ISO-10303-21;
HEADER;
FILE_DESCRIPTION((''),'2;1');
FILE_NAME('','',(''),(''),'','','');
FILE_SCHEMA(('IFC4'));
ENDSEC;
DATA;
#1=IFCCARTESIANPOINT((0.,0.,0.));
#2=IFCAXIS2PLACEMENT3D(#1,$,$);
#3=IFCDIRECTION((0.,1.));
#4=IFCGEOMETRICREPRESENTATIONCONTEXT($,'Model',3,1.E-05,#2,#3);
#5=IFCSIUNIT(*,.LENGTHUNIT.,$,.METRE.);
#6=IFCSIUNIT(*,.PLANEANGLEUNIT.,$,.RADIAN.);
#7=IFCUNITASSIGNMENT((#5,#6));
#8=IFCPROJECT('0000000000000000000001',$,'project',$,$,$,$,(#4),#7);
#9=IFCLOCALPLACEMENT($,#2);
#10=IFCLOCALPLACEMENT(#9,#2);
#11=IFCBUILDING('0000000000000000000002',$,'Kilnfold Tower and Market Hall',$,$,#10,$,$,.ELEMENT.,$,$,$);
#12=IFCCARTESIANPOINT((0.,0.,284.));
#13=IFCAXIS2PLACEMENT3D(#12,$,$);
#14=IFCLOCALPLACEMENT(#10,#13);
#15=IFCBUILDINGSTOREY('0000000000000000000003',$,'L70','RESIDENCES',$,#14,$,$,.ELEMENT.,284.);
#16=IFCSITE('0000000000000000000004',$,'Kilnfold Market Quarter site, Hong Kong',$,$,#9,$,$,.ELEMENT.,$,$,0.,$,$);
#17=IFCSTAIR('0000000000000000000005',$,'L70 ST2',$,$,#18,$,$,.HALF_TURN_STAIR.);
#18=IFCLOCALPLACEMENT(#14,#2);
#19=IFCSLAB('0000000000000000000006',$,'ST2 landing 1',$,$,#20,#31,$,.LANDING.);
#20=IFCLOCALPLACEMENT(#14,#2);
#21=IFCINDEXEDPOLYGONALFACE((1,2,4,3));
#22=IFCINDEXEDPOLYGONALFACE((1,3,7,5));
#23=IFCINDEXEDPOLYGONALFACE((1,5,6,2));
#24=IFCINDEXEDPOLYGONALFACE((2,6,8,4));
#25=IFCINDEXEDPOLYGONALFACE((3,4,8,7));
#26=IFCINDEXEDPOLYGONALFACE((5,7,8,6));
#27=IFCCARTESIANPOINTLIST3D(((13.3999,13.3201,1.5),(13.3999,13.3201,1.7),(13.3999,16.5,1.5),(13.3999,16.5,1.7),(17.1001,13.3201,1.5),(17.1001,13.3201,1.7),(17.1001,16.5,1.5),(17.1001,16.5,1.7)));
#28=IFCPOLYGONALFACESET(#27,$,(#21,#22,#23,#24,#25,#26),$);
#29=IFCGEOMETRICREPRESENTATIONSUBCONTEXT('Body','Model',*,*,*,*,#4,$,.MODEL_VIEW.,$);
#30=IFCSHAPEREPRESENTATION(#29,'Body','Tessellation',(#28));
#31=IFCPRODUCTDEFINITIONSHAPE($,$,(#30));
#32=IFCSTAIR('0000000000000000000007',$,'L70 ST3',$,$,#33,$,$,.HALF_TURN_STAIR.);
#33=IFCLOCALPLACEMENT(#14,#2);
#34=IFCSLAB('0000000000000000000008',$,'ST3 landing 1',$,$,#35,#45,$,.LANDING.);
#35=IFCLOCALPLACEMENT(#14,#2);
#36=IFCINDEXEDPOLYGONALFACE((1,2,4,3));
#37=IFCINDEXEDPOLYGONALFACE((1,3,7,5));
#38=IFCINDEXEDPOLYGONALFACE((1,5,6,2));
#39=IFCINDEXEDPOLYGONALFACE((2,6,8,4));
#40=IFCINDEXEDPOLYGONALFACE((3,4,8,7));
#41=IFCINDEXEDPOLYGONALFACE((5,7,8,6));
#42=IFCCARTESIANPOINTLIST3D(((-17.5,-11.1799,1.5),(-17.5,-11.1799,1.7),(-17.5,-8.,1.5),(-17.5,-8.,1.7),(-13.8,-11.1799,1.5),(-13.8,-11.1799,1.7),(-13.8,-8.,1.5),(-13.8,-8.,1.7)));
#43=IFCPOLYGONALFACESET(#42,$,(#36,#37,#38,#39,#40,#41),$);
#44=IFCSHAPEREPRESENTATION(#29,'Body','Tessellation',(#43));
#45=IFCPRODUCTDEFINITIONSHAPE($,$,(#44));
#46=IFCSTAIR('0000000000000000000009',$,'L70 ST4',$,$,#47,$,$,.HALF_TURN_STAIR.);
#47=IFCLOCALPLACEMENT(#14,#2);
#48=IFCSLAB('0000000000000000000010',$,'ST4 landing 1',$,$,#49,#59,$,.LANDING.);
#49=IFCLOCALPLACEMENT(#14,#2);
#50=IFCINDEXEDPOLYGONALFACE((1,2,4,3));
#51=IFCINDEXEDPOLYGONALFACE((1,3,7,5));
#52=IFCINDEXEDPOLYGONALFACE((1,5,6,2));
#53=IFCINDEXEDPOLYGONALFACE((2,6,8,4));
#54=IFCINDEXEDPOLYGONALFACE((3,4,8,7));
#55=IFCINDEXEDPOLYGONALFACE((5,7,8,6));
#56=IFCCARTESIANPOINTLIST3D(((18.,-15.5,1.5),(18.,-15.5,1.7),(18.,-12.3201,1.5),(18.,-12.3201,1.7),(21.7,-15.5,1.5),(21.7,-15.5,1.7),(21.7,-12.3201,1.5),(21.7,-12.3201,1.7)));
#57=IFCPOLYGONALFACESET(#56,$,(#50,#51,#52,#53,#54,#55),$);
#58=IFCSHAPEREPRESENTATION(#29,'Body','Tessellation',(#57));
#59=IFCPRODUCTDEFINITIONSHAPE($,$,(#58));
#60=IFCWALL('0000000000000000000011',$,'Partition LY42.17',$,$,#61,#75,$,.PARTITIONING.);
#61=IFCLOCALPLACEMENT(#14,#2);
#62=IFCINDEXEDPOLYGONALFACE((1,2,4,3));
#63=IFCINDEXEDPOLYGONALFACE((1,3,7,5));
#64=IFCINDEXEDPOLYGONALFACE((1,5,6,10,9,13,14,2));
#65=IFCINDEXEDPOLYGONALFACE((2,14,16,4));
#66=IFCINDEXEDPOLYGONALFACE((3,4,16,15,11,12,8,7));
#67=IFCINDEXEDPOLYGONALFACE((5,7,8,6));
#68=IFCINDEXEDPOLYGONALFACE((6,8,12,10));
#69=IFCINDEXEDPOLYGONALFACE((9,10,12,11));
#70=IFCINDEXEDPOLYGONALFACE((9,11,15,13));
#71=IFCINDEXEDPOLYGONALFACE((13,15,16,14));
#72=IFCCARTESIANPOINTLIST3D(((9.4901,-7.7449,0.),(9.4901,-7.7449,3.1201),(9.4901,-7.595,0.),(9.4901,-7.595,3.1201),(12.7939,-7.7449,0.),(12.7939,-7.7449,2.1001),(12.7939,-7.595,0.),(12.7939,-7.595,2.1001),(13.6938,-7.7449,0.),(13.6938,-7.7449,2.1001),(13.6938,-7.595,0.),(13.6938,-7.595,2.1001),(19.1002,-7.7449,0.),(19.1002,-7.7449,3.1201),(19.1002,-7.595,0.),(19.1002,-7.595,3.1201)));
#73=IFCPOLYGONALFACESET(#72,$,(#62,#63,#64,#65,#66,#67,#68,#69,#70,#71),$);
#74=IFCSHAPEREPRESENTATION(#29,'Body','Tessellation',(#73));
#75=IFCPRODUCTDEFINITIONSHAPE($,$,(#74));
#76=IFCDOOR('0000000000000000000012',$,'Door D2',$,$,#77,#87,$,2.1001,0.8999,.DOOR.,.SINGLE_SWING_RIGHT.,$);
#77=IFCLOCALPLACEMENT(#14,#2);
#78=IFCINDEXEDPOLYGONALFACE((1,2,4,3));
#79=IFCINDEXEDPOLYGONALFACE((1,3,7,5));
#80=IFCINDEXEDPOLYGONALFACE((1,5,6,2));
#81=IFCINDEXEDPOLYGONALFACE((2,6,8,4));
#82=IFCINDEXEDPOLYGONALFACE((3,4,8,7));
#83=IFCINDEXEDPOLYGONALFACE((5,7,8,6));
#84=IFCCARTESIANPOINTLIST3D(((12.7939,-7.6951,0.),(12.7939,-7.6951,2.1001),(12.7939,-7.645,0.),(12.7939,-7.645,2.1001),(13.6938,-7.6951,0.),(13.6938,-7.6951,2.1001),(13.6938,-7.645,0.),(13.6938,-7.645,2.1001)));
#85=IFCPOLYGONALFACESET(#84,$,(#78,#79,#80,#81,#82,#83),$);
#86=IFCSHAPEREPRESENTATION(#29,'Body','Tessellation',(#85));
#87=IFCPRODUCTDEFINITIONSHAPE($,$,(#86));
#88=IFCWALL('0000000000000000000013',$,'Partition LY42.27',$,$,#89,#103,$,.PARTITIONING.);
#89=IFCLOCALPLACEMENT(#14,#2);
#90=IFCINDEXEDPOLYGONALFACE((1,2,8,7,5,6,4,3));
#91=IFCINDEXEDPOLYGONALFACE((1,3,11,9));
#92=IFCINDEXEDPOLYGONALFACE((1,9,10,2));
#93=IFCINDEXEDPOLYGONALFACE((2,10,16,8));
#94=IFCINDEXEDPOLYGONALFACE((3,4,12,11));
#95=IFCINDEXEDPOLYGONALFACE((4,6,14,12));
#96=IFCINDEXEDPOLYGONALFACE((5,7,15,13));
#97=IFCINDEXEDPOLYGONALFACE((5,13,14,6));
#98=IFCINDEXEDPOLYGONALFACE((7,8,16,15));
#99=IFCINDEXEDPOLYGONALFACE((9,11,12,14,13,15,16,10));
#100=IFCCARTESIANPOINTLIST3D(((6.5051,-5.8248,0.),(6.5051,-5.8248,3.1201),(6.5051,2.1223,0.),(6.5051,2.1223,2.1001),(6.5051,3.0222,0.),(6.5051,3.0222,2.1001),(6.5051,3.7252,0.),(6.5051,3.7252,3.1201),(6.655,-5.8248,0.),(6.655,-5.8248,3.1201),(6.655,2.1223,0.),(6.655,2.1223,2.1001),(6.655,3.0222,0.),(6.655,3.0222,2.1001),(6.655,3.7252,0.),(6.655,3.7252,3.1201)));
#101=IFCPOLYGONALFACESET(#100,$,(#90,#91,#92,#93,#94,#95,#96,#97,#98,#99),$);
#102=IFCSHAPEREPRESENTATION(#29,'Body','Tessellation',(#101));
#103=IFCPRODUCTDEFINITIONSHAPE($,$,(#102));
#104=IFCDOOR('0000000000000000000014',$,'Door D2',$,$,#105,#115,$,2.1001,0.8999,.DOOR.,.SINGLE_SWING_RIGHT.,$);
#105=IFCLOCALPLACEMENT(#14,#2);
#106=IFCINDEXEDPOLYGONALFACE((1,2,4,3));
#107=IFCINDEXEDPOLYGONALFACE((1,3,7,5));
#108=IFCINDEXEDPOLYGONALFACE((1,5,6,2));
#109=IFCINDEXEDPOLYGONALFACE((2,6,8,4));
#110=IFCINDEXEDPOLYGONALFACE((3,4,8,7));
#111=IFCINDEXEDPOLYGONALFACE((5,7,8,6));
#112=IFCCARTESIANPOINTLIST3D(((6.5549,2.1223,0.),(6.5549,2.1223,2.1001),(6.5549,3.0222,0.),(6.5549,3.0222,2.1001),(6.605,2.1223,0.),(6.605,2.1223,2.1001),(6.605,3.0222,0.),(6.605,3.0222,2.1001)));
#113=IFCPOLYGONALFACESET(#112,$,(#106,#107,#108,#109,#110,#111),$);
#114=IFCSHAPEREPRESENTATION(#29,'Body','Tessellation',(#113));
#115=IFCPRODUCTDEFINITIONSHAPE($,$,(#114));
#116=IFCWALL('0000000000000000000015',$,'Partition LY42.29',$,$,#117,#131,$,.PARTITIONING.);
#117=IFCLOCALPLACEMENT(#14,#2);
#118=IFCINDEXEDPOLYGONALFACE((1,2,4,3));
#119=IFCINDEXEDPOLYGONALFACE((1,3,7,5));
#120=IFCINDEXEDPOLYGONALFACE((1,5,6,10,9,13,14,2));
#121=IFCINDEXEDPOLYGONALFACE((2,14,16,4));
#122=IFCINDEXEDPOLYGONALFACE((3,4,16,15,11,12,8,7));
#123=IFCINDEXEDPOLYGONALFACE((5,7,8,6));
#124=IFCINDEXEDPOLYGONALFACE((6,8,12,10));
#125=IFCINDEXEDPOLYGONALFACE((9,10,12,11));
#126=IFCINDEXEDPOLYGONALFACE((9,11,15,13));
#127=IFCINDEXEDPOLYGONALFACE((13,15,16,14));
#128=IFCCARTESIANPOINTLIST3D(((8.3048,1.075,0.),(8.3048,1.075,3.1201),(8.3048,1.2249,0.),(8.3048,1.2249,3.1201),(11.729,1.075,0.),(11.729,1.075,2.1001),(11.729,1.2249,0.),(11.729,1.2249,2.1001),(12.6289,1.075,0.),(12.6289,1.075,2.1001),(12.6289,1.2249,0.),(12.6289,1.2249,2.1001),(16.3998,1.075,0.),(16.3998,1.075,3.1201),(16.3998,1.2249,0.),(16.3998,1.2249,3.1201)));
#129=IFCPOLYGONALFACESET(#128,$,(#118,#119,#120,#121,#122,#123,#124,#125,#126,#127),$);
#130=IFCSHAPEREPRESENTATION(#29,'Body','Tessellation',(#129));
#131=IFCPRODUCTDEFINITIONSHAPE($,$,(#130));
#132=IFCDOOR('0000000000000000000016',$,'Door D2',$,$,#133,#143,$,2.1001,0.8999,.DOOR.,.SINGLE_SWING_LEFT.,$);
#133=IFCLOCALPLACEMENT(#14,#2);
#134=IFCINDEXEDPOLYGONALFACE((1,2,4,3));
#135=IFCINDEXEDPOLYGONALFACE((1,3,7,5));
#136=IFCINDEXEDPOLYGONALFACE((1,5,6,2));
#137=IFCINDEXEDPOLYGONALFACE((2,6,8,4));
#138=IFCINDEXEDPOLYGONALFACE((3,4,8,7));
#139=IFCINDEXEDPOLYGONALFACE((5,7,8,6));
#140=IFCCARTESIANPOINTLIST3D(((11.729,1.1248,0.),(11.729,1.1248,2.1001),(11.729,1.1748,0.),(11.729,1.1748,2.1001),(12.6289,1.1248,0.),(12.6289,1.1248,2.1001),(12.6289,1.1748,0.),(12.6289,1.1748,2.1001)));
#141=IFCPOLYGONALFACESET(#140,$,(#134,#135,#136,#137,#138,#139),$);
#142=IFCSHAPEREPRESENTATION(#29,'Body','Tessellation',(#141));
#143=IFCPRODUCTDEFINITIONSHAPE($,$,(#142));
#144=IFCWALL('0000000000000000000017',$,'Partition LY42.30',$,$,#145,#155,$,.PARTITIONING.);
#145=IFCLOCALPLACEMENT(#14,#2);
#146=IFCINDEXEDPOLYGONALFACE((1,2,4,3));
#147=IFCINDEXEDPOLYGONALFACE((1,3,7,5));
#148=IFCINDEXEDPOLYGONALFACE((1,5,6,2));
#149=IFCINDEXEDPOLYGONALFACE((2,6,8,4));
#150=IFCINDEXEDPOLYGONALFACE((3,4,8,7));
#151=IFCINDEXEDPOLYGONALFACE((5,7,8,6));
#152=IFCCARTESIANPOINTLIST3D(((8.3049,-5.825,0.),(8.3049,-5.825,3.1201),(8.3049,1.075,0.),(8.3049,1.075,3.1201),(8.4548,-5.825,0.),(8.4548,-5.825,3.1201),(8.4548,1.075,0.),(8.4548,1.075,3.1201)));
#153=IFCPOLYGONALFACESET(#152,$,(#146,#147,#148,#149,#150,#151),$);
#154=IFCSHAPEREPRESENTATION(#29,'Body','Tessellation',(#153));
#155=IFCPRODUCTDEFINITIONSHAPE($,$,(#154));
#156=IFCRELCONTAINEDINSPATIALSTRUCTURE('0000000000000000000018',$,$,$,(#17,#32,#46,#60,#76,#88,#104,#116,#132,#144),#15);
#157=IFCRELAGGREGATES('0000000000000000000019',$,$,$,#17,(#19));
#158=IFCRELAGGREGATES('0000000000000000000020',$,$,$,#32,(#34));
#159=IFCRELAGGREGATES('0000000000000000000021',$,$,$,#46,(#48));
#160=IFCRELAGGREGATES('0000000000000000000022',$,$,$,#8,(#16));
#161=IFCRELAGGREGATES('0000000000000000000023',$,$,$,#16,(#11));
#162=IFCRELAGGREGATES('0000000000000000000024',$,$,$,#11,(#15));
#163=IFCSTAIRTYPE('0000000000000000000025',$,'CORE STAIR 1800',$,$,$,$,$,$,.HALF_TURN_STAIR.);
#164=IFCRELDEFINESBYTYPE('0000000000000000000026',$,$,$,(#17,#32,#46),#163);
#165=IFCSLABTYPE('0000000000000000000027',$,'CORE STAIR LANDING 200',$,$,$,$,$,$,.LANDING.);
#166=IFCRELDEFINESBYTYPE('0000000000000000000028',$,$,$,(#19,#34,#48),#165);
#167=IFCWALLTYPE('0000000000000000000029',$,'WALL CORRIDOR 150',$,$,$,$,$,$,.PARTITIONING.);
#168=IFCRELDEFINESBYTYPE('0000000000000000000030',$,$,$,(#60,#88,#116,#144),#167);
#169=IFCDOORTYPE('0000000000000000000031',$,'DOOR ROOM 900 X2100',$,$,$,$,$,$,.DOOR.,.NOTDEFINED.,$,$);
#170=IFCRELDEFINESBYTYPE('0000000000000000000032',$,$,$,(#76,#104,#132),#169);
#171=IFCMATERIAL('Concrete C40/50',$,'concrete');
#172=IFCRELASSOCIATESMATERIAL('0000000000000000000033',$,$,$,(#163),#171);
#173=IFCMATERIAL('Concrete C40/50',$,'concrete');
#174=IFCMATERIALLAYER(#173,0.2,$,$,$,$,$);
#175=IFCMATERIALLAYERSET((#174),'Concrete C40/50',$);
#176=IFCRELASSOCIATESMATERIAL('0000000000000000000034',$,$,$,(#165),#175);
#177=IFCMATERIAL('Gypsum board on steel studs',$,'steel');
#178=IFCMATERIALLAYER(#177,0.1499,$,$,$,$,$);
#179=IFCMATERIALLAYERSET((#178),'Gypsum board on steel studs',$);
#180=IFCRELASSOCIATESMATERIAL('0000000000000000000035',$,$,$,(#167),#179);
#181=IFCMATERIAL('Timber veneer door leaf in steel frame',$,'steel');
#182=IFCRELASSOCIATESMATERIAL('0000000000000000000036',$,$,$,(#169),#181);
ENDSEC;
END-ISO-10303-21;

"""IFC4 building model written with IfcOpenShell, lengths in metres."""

from ifc_helpers import new_model, si_unit, direction, frame, frame_2d, origin, place, context, subcontext, project, spatial, polyline, rectangle, outline, extrude, source, transform, mapped, material, layer, layer_set, type_object, element, fill, aggregate, save


model = new_model("IFC4")

# Units and contexts
model_context = context("Model", 3, precision=1e-05, world=origin(), true_north=direction((0.0, 1.0)))
body_context = subcontext(model_context, "Body", "Model", "MODEL_VIEW")
ifc_project = project(units=[si_unit("LENGTHUNIT", "METRE"), si_unit("PLANEANGLEUNIT", "RADIAN")], contexts=[model_context])

# Site, building, storey
site_placement = place(None, origin())
site = spatial("IfcSite", under=ifc_project, at=site_placement, Name="Kilnfold Market Quarter site, Hong Kong", CompositionType="ELEMENT", RefElevation=0.0)
building_placement = place(site_placement, origin())
building = spatial("IfcBuilding", under=site, at=building_placement, Name="Kilnfold Tower and Market Hall", CompositionType="ELEMENT")
storey_placement = place(building_placement, frame((0.0, 0.0, 284.0)))
storey = spatial("IfcBuildingStorey", under=building, at=storey_placement, Name="L70", Description="RESIDENCES", CompositionType="ELEMENT", Elevation=284.0)

# Stairs, slabs
ifc_material_1 = material(Name="Concrete C40/50", Category="concrete")
stair_type = type_object("IfcStairType", Name="CORE STAIR 1800", PredefinedType="HALF_TURN_STAIR", material=ifc_material_1)
ifc_material_2 = material(Name="Concrete C40/50", Category="concrete")
ifc_layer_1 = layer(ifc_material_2, 0.2)
ifc_layer_set_1 = layer_set([ifc_layer_1], Name="Concrete C40/50")
slab_type_1 = type_object("IfcSlabType", Name="CORE STAIR LANDING 200", PredefinedType="LANDING", material=ifc_layer_set_1)
stair_1_placement = place(storey_placement, origin())
stair_1 = element("IfcStair", 1, at=stair_1_placement, inside=storey, type_object=stair_type, Name="L70 ST2", PredefinedType="HALF_TURN_STAIR")
shared_shape_1 = source(origin(), body_context, "Body", "SweptSolid", [
    extrude(outline(polyline([(17.1001, 13.3201), (17.1001, 16.5), (13.3999, 16.5), (13.3999, 13.3201), (17.1001, 13.3201)])), origin(), (0.0, 0.0, 1.0), 0.2),
])
slab_1_placement = place(storey_placement, frame((0.0, 0.0, 1.5)))
slab_1 = element("IfcSlab", 2, at=slab_1_placement, type_object=slab_type_1, Name="ST2 landing 1", PredefinedType="LANDING", context=body_context, shape_type="MappedRepresentation", body=[
    mapped(shared_shape_1, transform((0.0, 0.0, 0.0))),
])
aggregate(stair_1, [slab_1])
stair_2_placement = place(storey_placement, origin())
stair_2 = element("IfcStair", 3, at=stair_2_placement, inside=storey, type_object=stair_type, Name="L70 ST3", PredefinedType="HALF_TURN_STAIR")
shared_shape_2 = source(origin(), body_context, "Body", "SweptSolid", [
    extrude(outline(polyline([(-13.8, -11.1799), (-13.8, -8.0), (-17.5, -8.0), (-17.5, -11.1799), (-13.8, -11.1799)])), origin(), (0.0, 0.0, 1.0), 0.2),
])
slab_2_placement = place(storey_placement, frame((0.0, 0.0, 1.5)))
slab_2 = element("IfcSlab", 4, at=slab_2_placement, type_object=slab_type_1, Name="ST3 landing 1", PredefinedType="LANDING", context=body_context, shape_type="MappedRepresentation", body=[
    mapped(shared_shape_2, transform((0.0, 0.0, 0.0))),
])
aggregate(stair_2, [slab_2])
stair_3_placement = place(storey_placement, origin())
stair_3 = element("IfcStair", 5, at=stair_3_placement, inside=storey, type_object=stair_type, Name="L70 ST4", PredefinedType="HALF_TURN_STAIR")
shared_shape_3 = source(origin(), body_context, "Body", "SweptSolid", [
    extrude(outline(polyline([(18.0, -12.3201), (18.0, -15.5), (21.7, -15.5), (21.7, -12.3201), (18.0, -12.3201)])), origin(), (0.0, 0.0, 1.0), 0.2),
])
slab_3_placement = place(storey_placement, frame((0.0, 0.0, 1.5)))
slab_3 = element("IfcSlab", 6, at=slab_3_placement, type_object=slab_type_1, Name="ST4 landing 1", PredefinedType="LANDING", context=body_context, shape_type="MappedRepresentation", body=[
    mapped(shared_shape_3, transform((0.0, 0.0, 0.0))),
])
aggregate(stair_3, [slab_3])

# Walls, openings, doors
ifc_material_3 = material(Name="Gypsum board on steel studs", Category="steel")
ifc_layer_2 = layer(ifc_material_3, 0.1499)
ifc_layer_set_2 = layer_set([ifc_layer_2], Name="Gypsum board on steel studs")
wall_type_1 = type_object("IfcWallType", Name="WALL CORRIDOR 150", PredefinedType="PARTITIONING", material=ifc_layer_set_2)
wall_1_placement = place(storey_placement, frame((9.49, -7.6699, 0.0), z_axis=(0.0, 0.0, 1.0), x_axis=(1.0, 0.0, 0.0)))
wall_1 = element("IfcWall", 7, at=wall_1_placement, inside=storey, type_object=wall_type_1, Name="Partition LY42.17", PredefinedType="PARTITIONING", context=body_context, shape_type="SweptSolid", body=[
    extrude(rectangle(XDim=9.6101, YDim=0.1499, at=frame_2d((4.8052, 0.0))), origin(), (0.0, 0.0, 1.0), 3.1201),
])
opening_1_placement = place(wall_1_placement, frame((3.304, 0.0, 0.0)))
opening_1 = element("IfcOpeningElement", 8, at=opening_1_placement, cuts=wall_1, PredefinedType="OPENING", context=body_context, shape_type="SweptSolid", body=[
    extrude(rectangle(XDim=0.8999, YDim=2.1001, at=frame_2d((0.45, 1.05))), frame((0.0, 0.085, 0.0), z_axis=(0.0, -1.0, 0.0), x_axis=(1.0, 0.0, 0.0)), (0.0, 0.0, 1.0), 0.1699),
])
ifc_material_4 = material(Name="Timber veneer door leaf in steel frame", Category="steel")
door_type_1 = type_object("IfcDoorType", Name="DOOR ROOM 900 X2100", OperationType="NOTDEFINED", PredefinedType="DOOR", material=ifc_material_4)
door_1_placement = place(opening_1_placement, origin())
door_1 = element("IfcDoor", 9, at=door_1_placement, inside=storey, type_object=door_type_1, Name="Door D2", OperationType="SINGLE_SWING_RIGHT", OverallHeight=2.1001, OverallWidth=0.8999, PredefinedType="DOOR", context=body_context, shape_type="SweptSolid", body=[
    extrude(rectangle(XDim=0.8999, YDim=2.1001, at=frame_2d((0.45, 1.05))), frame((0.0, 0.0249, 0.0), z_axis=(0.0, -1.0, 0.0), x_axis=(1.0, 0.0, 0.0)), (0.0, 0.0, 1.0), 0.05),
])
fill(opening_1, door_1)
wall_2_placement = place(storey_placement, frame((6.5801, 3.7251, 0.0), z_axis=(0.0, 0.0, 1.0), x_axis=(0.0, -1.0, 0.0)))
wall_2 = element("IfcWall", 10, at=wall_2_placement, inside=storey, type_object=wall_type_1, Name="Partition LY42.27", PredefinedType="PARTITIONING", context=body_context, shape_type="SweptSolid", body=[
    extrude(rectangle(XDim=9.55, YDim=0.1499, at=frame_2d((4.7749, 0.0))), origin(), (0.0, 0.0, 1.0), 3.1201),
])
opening_2_placement = place(wall_2_placement, frame((0.7029, 0.0, 0.0)))
opening_2 = element("IfcOpeningElement", 11, at=opening_2_placement, cuts=wall_2, PredefinedType="OPENING", context=body_context, shape_type="SweptSolid", body=[
    extrude(rectangle(XDim=0.8999, YDim=2.1001, at=frame_2d((0.45, 1.05))), frame((0.0, 0.085, 0.0), z_axis=(0.0, -1.0, 0.0), x_axis=(1.0, 0.0, 0.0)), (0.0, 0.0, 1.0), 0.1699),
])
door_2_placement = place(opening_2_placement, origin())
door_2 = element("IfcDoor", 12, at=door_2_placement, inside=storey, type_object=door_type_1, Name="Door D2", OperationType="SINGLE_SWING_RIGHT", OverallHeight=2.1001, OverallWidth=0.8999, PredefinedType="DOOR", context=body_context, shape_type="SweptSolid", body=[
    extrude(rectangle(XDim=0.8999, YDim=2.1001, at=frame_2d((0.45, 1.05))), frame((0.0, 0.0249, 0.0), z_axis=(0.0, -1.0, 0.0), x_axis=(1.0, 0.0, 0.0)), (0.0, 0.0, 1.0), 0.05),
])
fill(opening_2, door_2)
wall_3_placement = place(storey_placement, frame((8.3049, 1.1499, 0.0), z_axis=(0.0, 0.0, 1.0), x_axis=(1.0, 0.0, 0.0)))
wall_3 = element("IfcWall", 13, at=wall_3_placement, inside=storey, type_object=wall_type_1, Name="Partition LY42.29", PredefinedType="PARTITIONING", context=body_context, shape_type="SweptSolid", body=[
    extrude(rectangle(XDim=8.095, YDim=0.1499, at=frame_2d((4.0474, 0.0))), origin(), (0.0, 0.0, 1.0), 3.1201),
])
opening_3_placement = place(wall_3_placement, frame((3.4241, 0.0, 0.0)))
opening_3 = element("IfcOpeningElement", 14, at=opening_3_placement, cuts=wall_3, PredefinedType="OPENING", context=body_context, shape_type="SweptSolid", body=[
    extrude(rectangle(XDim=0.8999, YDim=2.1001, at=frame_2d((0.45, 1.05))), frame((0.0, 0.085, 0.0), z_axis=(0.0, -1.0, 0.0), x_axis=(1.0, 0.0, 0.0)), (0.0, 0.0, 1.0), 0.1699),
])
door_3_placement = place(opening_3_placement, origin())
door_3 = element("IfcDoor", 15, at=door_3_placement, inside=storey, type_object=door_type_1, Name="Door D2", OperationType="SINGLE_SWING_LEFT", OverallHeight=2.1001, OverallWidth=0.8999, PredefinedType="DOOR", context=body_context, shape_type="SweptSolid", body=[
    extrude(rectangle(XDim=0.8999, YDim=2.1001, at=frame_2d((0.45, 1.05))), frame((0.0, 0.0249, 0.0), z_axis=(0.0, -1.0, 0.0), x_axis=(1.0, 0.0, 0.0)), (0.0, 0.0, 1.0), 0.05),
])
fill(opening_3, door_3)

# Wall
wall_4_placement = place(storey_placement, frame((8.3799, -5.825, 0.0), z_axis=(0.0, 0.0, 1.0), x_axis=(0.0, 1.0, 0.0)))
element("IfcWall", 16, at=wall_4_placement, inside=storey, type_object=wall_type_1, Name="Partition LY42.30", PredefinedType="PARTITIONING", context=body_context, shape_type="SweptSolid", body=[
    extrude(rectangle(XDim=6.8999, YDim=0.1499, at=frame_2d((3.45, 0.0))), origin(), (0.0, 0.0, 1.0), 3.1201),
])

save(model, "model.ifc")
